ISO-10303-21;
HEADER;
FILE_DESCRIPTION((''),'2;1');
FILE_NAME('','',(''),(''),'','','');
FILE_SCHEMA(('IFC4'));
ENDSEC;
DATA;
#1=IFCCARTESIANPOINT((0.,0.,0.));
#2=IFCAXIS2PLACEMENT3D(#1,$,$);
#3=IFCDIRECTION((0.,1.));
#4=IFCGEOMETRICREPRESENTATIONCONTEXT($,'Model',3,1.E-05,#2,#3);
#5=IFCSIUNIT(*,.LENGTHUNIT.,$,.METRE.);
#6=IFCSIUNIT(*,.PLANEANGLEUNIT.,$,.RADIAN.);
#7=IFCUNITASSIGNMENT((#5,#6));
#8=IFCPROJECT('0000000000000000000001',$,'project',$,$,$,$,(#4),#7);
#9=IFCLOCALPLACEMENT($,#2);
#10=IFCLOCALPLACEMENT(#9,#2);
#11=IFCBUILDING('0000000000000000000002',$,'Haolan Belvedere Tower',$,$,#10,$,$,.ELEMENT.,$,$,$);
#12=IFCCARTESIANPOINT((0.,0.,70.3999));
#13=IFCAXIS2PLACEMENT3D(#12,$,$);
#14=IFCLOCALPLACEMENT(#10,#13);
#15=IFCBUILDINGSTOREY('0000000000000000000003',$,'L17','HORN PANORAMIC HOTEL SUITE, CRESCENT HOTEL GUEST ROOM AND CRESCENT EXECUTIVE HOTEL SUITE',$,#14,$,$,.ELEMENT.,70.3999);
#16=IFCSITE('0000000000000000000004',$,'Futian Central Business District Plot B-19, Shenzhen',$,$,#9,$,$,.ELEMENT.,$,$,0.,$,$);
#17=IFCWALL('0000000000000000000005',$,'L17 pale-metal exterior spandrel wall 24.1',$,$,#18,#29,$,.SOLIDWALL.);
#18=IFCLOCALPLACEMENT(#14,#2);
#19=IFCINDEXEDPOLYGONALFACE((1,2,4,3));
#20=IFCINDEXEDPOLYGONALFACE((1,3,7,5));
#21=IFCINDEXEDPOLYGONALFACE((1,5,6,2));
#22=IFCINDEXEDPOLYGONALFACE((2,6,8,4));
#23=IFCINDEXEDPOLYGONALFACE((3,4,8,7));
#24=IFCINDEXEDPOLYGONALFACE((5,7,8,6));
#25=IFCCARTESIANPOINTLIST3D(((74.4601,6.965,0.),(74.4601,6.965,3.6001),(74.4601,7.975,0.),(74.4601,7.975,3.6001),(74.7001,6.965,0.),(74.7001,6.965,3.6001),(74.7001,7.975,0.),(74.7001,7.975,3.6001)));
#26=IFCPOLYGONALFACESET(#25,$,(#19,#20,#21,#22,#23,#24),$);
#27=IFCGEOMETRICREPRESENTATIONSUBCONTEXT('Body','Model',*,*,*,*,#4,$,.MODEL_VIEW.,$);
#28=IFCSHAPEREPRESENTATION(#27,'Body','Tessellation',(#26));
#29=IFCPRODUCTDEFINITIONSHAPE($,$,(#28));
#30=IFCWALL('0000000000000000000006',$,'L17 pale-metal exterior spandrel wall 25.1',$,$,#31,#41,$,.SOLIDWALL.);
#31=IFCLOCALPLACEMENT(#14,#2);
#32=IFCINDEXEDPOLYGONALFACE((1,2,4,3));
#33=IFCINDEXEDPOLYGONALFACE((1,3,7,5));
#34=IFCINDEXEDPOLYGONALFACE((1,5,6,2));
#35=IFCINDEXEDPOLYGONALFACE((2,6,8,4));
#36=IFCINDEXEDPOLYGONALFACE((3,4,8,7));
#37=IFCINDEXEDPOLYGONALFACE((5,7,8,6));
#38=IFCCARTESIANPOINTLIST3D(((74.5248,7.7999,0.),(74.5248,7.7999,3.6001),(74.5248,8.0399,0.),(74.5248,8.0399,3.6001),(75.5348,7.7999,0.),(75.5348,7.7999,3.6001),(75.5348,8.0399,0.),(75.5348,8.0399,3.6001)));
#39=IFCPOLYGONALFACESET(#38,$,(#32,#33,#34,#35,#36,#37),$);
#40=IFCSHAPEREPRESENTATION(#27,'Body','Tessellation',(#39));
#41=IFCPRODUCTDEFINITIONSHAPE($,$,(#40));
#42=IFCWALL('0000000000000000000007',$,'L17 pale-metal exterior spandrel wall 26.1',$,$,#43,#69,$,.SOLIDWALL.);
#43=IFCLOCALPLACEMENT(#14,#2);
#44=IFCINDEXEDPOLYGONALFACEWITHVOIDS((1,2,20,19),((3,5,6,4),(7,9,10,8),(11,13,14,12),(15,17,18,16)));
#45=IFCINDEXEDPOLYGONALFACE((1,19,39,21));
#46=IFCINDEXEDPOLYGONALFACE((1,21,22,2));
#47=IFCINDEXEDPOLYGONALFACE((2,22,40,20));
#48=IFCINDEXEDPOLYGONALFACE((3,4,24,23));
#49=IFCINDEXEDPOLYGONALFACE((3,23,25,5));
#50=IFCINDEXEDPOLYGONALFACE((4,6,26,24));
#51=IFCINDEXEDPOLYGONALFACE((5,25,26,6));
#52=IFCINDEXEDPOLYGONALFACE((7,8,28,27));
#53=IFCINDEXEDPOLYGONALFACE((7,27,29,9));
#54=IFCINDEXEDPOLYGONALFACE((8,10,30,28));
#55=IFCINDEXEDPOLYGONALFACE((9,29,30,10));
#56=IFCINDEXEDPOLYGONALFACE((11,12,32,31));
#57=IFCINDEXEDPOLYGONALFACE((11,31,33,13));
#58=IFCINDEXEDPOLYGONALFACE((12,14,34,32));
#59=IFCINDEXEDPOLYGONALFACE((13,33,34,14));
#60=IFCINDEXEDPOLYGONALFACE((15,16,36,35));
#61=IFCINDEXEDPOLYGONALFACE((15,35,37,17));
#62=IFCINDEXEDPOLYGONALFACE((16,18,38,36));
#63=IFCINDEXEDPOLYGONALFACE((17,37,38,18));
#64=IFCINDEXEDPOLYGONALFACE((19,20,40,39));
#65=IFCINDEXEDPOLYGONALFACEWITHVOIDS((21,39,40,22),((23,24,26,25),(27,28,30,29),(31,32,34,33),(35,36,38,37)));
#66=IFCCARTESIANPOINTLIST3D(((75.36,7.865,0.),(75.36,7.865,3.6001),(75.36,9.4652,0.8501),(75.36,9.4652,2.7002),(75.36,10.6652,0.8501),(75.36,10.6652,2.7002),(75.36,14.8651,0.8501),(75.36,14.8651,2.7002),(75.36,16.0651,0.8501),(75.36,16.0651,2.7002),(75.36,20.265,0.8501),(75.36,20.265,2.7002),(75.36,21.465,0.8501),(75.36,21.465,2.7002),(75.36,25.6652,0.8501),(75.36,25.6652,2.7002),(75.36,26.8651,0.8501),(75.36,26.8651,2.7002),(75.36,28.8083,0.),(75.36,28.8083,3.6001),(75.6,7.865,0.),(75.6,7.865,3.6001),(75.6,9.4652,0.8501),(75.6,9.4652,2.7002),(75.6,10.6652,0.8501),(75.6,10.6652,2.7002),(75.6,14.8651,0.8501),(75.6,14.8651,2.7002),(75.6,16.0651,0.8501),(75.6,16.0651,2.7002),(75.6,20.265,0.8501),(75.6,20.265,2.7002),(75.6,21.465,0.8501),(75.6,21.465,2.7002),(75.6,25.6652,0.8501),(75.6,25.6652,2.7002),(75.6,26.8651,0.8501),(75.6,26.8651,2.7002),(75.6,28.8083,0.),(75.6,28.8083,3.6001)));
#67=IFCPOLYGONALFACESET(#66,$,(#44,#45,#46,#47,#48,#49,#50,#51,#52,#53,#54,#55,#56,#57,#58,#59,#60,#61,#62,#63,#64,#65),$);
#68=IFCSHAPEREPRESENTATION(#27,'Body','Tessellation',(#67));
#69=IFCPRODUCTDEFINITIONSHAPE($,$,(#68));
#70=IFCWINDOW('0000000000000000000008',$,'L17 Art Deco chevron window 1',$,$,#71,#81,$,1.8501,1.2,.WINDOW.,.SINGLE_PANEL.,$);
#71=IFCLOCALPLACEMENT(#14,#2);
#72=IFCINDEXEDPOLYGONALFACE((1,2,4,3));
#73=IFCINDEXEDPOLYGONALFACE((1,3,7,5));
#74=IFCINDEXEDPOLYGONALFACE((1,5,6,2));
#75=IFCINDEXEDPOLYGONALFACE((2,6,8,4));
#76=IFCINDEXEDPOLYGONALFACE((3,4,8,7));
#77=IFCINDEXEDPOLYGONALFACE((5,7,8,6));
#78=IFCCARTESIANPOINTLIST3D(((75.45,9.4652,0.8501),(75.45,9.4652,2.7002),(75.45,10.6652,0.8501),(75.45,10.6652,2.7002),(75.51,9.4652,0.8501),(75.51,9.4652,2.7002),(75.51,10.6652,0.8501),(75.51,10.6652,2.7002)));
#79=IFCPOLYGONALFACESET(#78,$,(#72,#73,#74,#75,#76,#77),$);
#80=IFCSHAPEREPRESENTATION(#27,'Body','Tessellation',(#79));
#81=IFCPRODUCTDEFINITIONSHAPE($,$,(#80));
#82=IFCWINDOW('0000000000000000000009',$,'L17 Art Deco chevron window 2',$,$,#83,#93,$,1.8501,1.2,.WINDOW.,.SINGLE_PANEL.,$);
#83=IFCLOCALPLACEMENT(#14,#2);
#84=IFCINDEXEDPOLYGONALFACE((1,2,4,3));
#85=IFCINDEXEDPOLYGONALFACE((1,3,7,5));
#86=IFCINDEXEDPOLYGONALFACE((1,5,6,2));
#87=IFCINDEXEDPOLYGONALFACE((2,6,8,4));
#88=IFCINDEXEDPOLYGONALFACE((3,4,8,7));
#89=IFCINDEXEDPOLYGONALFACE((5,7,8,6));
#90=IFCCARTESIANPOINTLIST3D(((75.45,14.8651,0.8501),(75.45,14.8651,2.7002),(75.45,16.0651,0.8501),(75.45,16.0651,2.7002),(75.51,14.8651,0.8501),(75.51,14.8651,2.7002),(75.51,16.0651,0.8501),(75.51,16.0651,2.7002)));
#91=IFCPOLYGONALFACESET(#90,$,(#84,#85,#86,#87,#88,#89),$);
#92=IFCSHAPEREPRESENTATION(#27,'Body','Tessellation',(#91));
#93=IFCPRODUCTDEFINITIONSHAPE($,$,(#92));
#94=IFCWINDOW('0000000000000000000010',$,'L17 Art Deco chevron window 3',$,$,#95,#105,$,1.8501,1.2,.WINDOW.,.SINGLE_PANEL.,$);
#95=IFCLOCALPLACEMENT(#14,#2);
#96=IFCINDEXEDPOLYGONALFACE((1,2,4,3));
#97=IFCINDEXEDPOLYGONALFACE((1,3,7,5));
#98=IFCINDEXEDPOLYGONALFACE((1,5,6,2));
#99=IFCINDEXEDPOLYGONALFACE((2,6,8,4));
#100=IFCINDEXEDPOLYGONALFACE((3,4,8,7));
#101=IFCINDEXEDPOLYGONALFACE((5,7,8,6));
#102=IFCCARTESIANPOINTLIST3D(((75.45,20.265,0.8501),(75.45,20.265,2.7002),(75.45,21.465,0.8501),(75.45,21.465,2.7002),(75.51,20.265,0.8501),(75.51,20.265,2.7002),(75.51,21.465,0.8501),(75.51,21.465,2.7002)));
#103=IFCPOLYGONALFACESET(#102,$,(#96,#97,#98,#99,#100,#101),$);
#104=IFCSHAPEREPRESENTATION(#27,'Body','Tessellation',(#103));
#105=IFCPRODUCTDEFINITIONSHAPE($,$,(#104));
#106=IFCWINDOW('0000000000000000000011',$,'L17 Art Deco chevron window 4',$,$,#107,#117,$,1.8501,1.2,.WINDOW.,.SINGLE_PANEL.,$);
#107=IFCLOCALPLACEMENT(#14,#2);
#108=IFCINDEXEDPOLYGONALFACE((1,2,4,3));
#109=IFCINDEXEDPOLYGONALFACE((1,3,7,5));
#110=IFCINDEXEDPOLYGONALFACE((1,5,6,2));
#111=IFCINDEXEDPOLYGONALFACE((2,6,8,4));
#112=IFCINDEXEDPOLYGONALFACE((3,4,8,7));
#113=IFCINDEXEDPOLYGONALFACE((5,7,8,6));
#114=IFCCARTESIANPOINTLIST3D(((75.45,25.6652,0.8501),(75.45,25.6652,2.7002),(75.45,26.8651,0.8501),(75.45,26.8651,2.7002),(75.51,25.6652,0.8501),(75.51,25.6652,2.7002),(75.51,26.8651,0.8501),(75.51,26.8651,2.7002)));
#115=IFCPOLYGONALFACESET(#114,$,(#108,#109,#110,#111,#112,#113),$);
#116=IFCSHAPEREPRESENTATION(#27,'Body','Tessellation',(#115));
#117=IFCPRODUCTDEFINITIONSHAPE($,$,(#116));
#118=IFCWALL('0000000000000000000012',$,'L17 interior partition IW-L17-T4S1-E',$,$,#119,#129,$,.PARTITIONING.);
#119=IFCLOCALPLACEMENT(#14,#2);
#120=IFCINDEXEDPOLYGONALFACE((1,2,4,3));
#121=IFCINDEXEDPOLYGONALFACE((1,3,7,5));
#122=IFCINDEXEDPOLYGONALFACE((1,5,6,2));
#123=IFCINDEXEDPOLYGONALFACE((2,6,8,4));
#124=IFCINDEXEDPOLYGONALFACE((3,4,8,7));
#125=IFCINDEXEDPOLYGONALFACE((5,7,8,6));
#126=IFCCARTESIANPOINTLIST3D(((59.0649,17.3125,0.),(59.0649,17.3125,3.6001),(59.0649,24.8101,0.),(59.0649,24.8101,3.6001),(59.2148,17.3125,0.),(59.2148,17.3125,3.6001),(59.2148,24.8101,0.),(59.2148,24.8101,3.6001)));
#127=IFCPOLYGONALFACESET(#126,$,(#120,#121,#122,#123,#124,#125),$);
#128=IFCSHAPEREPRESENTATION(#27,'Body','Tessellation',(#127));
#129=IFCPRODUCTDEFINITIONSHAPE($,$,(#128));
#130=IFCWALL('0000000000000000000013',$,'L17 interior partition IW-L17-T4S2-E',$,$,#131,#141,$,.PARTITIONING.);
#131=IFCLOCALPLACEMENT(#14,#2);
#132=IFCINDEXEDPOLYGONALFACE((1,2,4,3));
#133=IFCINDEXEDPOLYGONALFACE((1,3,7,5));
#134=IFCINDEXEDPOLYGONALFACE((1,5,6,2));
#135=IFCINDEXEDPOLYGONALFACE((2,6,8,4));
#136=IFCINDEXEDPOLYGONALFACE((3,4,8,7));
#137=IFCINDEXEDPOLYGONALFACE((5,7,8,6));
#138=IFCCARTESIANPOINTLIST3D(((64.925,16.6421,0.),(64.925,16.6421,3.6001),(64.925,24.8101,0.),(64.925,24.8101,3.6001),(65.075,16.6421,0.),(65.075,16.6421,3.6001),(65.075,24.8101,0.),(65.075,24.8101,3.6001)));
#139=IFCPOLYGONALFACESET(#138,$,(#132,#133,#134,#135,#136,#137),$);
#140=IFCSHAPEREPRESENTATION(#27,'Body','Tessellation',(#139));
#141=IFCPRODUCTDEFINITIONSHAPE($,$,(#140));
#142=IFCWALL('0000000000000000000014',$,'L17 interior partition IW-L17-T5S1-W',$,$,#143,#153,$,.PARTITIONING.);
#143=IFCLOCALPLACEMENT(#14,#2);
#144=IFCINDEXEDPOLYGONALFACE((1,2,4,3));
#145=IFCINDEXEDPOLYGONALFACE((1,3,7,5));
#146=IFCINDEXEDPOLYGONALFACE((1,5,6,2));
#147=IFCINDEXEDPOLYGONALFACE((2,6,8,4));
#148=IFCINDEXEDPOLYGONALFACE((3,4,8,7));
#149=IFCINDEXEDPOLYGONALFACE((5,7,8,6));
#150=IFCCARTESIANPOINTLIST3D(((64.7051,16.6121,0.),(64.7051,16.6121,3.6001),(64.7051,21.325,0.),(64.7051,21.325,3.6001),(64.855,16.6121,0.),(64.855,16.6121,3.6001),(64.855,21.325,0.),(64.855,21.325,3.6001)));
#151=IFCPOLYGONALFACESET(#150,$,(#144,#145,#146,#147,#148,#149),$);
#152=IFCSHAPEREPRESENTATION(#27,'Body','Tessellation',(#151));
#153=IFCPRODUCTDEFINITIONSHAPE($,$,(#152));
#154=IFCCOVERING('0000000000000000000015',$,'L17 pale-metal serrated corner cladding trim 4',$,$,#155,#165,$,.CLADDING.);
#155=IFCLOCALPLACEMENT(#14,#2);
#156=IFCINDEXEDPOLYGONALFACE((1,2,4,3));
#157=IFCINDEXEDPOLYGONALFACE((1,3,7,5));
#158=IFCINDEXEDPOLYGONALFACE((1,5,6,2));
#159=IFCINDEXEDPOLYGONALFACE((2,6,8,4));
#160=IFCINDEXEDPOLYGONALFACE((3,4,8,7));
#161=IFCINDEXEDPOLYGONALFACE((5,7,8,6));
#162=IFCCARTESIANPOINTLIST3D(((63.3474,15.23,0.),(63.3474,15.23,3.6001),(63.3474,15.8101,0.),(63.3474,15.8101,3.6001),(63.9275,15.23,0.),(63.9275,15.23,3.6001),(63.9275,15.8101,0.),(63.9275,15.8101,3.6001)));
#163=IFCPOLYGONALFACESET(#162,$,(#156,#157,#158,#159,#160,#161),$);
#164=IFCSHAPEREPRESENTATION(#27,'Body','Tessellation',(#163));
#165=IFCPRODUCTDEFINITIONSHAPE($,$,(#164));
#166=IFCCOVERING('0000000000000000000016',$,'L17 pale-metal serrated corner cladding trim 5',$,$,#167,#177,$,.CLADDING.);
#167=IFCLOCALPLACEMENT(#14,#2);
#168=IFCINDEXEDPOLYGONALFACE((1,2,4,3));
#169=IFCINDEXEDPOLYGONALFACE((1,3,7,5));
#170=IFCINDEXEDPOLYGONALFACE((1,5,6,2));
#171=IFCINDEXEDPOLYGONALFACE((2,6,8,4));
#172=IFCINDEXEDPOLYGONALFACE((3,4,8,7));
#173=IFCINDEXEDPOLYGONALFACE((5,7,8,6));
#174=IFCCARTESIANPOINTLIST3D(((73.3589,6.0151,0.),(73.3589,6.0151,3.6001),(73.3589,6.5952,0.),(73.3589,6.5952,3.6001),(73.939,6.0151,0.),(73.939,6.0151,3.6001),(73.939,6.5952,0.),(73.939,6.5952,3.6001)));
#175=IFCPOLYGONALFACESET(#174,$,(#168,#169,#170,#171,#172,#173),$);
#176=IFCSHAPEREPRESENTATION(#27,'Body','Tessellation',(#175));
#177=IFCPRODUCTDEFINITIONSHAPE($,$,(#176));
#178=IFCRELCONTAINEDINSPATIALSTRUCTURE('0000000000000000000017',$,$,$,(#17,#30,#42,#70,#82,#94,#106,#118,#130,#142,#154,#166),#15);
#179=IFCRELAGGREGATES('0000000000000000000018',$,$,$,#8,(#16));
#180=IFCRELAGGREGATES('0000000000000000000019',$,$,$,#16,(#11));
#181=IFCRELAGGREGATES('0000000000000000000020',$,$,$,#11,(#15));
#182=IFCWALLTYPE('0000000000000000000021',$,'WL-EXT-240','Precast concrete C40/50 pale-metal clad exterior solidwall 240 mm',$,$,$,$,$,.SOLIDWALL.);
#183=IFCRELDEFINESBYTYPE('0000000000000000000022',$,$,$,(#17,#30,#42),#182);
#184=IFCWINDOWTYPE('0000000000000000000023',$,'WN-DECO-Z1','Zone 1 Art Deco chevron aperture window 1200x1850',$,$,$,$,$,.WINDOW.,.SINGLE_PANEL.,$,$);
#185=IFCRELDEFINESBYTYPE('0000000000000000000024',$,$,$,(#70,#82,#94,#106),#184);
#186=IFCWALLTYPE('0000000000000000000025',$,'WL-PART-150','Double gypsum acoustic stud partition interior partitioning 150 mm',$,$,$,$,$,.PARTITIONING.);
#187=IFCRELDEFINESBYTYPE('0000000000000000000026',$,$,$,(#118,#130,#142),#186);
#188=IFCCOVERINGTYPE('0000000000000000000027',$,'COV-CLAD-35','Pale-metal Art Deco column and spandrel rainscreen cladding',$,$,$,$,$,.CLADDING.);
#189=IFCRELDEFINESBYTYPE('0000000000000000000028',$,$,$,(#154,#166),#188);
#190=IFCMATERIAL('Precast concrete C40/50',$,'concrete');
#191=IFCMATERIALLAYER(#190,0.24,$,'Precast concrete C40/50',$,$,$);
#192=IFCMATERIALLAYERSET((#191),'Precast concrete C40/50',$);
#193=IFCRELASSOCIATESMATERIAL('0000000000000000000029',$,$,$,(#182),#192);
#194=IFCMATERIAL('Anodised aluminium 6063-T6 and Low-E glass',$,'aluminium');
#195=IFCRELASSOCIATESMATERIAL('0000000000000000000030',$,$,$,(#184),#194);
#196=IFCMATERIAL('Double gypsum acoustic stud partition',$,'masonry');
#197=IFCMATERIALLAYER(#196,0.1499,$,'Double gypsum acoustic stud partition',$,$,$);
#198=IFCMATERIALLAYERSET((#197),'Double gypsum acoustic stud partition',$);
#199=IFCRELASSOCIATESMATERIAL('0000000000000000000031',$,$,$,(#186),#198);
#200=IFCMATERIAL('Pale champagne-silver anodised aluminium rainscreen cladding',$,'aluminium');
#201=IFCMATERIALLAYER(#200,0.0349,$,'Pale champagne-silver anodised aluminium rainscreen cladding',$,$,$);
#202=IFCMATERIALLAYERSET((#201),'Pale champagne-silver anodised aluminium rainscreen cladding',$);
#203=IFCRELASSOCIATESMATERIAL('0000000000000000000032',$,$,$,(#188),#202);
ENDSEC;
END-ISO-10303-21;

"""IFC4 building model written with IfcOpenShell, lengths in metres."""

from ifc_helpers import new_model, si_unit, direction, frame, frame_2d, origin, origin_2d, place, context, subcontext, project, spatial, rectangle, extrude, material, layer, layer_set, type_object, element, fill, save


model = new_model("IFC4")

# Units and contexts
model_context = context("Model", 3, precision=1e-05, world=origin(), true_north=direction((0.0, 1.0)))
body_context = subcontext(model_context, "Body", "Model", "MODEL_VIEW")
ifc_project = project(units=[si_unit("LENGTHUNIT", "METRE"), si_unit("PLANEANGLEUNIT", "RADIAN")], contexts=[model_context])

# Site, building, storey
site_placement = place(None, origin())
site = spatial("IfcSite", under=ifc_project, at=site_placement, Name="Futian Central Business District Plot B-19, Shenzhen", CompositionType="ELEMENT", RefElevation=0.0)
building_placement = place(site_placement, origin())
building = spatial("IfcBuilding", under=site, at=building_placement, Name="Haolan Belvedere Tower", CompositionType="ELEMENT")
storey_placement = place(building_placement, frame((0.0, 0.0, 70.3999)))
storey = spatial("IfcBuildingStorey", under=building, at=storey_placement, Name="L17", Description="HORN PANORAMIC HOTEL SUITE, CRESCENT HOTEL GUEST ROOM AND CRESCENT EXECUTIVE HOTEL SUITE", CompositionType="ELEMENT", Elevation=70.3999)

# Shared definitions
ifc_material_1 = material(Name="Precast concrete C40/50", Category="concrete")
ifc_layer_1 = layer(ifc_material_1, 0.24, Name="Precast concrete C40/50")
ifc_layer_set_1 = layer_set([ifc_layer_1], Name="Precast concrete C40/50")
wall_type_1 = type_object("IfcWallType", Name="WL-EXT-240", Description="Precast concrete C40/50 pale-metal clad exterior solidwall 240 mm", PredefinedType="SOLIDWALL", material=ifc_layer_set_1)

# Shared definitions
ifc_material_2 = material(Name="Anodised aluminium 6063-T6 and Low-E glass", Category="aluminium")
window_type = type_object("IfcWindowType", Name="WN-DECO-Z1", Description="Zone 1 Art Deco chevron aperture window 1200x1850", PartitioningType="SINGLE_PANEL", PredefinedType="WINDOW", material=ifc_material_2)

# Walls
for number, where, z_axis, x_axis, name in (
    (1, (74.5801, 6.9651, 0.0), (0.0, 0.0, 1.0), (0.0, 1.0, 0.0), "L17 pale-metal exterior spandrel wall 24.1"),
    (2, (74.5249, 7.9199, 0.0), (0.0, 0.0, 1.0), (1.0, 0.0, 0.0), "L17 pale-metal exterior spandrel wall 25.1"),
):
    element("IfcWall", number, at=place(storey_placement, frame(where, z_axis=z_axis, x_axis=x_axis)), inside=storey, type_object=wall_type_1, Name=name, PredefinedType="SOLIDWALL", context=body_context, shape_type="SweptSolid", body=[
        extrude(rectangle(XDim=1.01, YDim=0.24, at=frame_2d((0.5049, 0.0))), origin(), (0.0, 0.0, 1.0), 3.6001),
    ])

# Wall, openings, windows
wall_1_placement = place(storey_placement, frame((75.48, 7.865, 0.0), z_axis=(0.0, 0.0, 1.0), x_axis=(0.0, 1.0, 0.0)))
wall_1 = element("IfcWall", 3, at=wall_1_placement, inside=storey, type_object=wall_type_1, Name="L17 pale-metal exterior spandrel wall 26.1", PredefinedType="SOLIDWALL", context=body_context, shape_type="SweptSolid", body=[
    extrude(rectangle(XDim=20.9434, YDim=0.24, at=frame_2d((10.4717, 0.0))), origin(), (0.0, 0.0, 1.0), 3.6001),
])
opening_1_placement = place(wall_1_placement, frame((1.6001, 0.0, 0.8501)))
opening_1 = element("IfcOpeningElement", 4, at=opening_1_placement, cuts=wall_1, PredefinedType="OPENING", context=body_context, shape_type="SweptSolid", body=[
    extrude(rectangle(XDim=1.2, YDim=1.8501, at=frame_2d((0.6001, 0.925))), frame((0.0, 0.1299, 0.0), z_axis=(0.0, -1.0, 0.0), x_axis=(1.0, 0.0, 0.0)), (0.0, 0.0, 1.0), 0.26),
])
opening_2_placement = place(wall_1_placement, frame((7.0, 0.0, 0.8501)))
opening_2 = element("IfcOpeningElement", 5, at=opening_2_placement, cuts=wall_1, PredefinedType="OPENING", context=body_context, shape_type="SweptSolid", body=[
    extrude(rectangle(XDim=1.2, YDim=1.8501, at=frame_2d((0.6001, 0.925))), frame((0.0, 0.1299, 0.0), z_axis=(0.0, -1.0, 0.0), x_axis=(1.0, 0.0, 0.0)), (0.0, 0.0, 1.0), 0.26),
])
opening_3_placement = place(wall_1_placement, frame((12.3999, 0.0, 0.8501)))
opening_3 = element("IfcOpeningElement", 6, at=opening_3_placement, cuts=wall_1, PredefinedType="OPENING", context=body_context, shape_type="SweptSolid", body=[
    extrude(rectangle(XDim=1.2, YDim=1.8501, at=frame_2d((0.6001, 0.925))), frame((0.0, 0.1299, 0.0), z_axis=(0.0, -1.0, 0.0), x_axis=(1.0, 0.0, 0.0)), (0.0, 0.0, 1.0), 0.26),
])
opening_4_placement = place(wall_1_placement, frame((17.8, 0.0, 0.8501)))
opening_4 = element("IfcOpeningElement", 7, at=opening_4_placement, cuts=wall_1, PredefinedType="OPENING", context=body_context, shape_type="SweptSolid", body=[
    extrude(rectangle(XDim=1.2, YDim=1.8501, at=frame_2d((0.6001, 0.925))), frame((0.0, 0.1299, 0.0), z_axis=(0.0, -1.0, 0.0), x_axis=(1.0, 0.0, 0.0)), (0.0, 0.0, 1.0), 0.26),
])
window_1_placement = place(opening_1_placement, origin())
window_1 = element("IfcWindow", 8, at=window_1_placement, inside=storey, type_object=window_type, Name="L17 Art Deco chevron window 1", OverallHeight=1.8501, OverallWidth=1.2, PartitioningType="SINGLE_PANEL", PredefinedType="WINDOW", context=body_context, shape_type="SweptSolid", body=[
    extrude(rectangle(XDim=1.2, YDim=1.8501, at=frame_2d((0.6001, 0.925))), frame((0.0, 0.03, 0.0), z_axis=(0.0, -1.0, 0.0), x_axis=(1.0, 0.0, 0.0)), (0.0, 0.0, 1.0), 0.0601),
])
fill(opening_1, window_1)
window_2_placement = place(opening_2_placement, origin())
window_2 = element("IfcWindow", 9, at=window_2_placement, inside=storey, type_object=window_type, Name="L17 Art Deco chevron window 2", OverallHeight=1.8501, OverallWidth=1.2, PartitioningType="SINGLE_PANEL", PredefinedType="WINDOW", context=body_context, shape_type="SweptSolid", body=[
    extrude(rectangle(XDim=1.2, YDim=1.8501, at=frame_2d((0.6001, 0.925))), frame((0.0, 0.03, 0.0), z_axis=(0.0, -1.0, 0.0), x_axis=(1.0, 0.0, 0.0)), (0.0, 0.0, 1.0), 0.0601),
])
fill(opening_2, window_2)
window_3_placement = place(opening_3_placement, origin())
window_3 = element("IfcWindow", 10, at=window_3_placement, inside=storey, type_object=window_type, Name="L17 Art Deco chevron window 3", OverallHeight=1.8501, OverallWidth=1.2, PartitioningType="SINGLE_PANEL", PredefinedType="WINDOW", context=body_context, shape_type="SweptSolid", body=[
    extrude(rectangle(XDim=1.2, YDim=1.8501, at=frame_2d((0.6001, 0.925))), frame((0.0, 0.03, 0.0), z_axis=(0.0, -1.0, 0.0), x_axis=(1.0, 0.0, 0.0)), (0.0, 0.0, 1.0), 0.0601),
])
fill(opening_3, window_3)
window_4_placement = place(opening_4_placement, origin())
window_4 = element("IfcWindow", 11, at=window_4_placement, inside=storey, type_object=window_type, Name="L17 Art Deco chevron window 4", OverallHeight=1.8501, OverallWidth=1.2, PartitioningType="SINGLE_PANEL", PredefinedType="WINDOW", context=body_context, shape_type="SweptSolid", body=[
    extrude(rectangle(XDim=1.2, YDim=1.8501, at=frame_2d((0.6001, 0.925))), frame((0.0, 0.03, 0.0), z_axis=(0.0, -1.0, 0.0), x_axis=(1.0, 0.0, 0.0)), (0.0, 0.0, 1.0), 0.0601),
])
fill(opening_4, window_4)

# Walls
ifc_material_3 = material(Name="Double gypsum acoustic stud partition", Category="masonry")
ifc_layer_2 = layer(ifc_material_3, 0.1499, Name="Double gypsum acoustic stud partition")
ifc_layer_set_2 = layer_set([ifc_layer_2], Name="Double gypsum acoustic stud partition")
wall_type_2 = type_object("IfcWallType", Name="WL-PART-150", Description="Double gypsum acoustic stud partition interior partitioning 150 mm", PredefinedType="PARTITIONING", material=ifc_layer_set_2)
wall_2_placement = place(storey_placement, frame((59.1399, 17.3125, 0.0), z_axis=(0.0, 0.0, 1.0), x_axis=(0.0, 1.0, 0.0)))
element("IfcWall", 12, at=wall_2_placement, inside=storey, type_object=wall_type_2, Name="L17 interior partition IW-L17-T4S1-E", PredefinedType="PARTITIONING", context=body_context, shape_type="SweptSolid", body=[
    extrude(rectangle(XDim=7.4976, YDim=0.1499, at=frame_2d((3.7488, 0.0))), origin(), (0.0, 0.0, 1.0), 3.6001),
])
wall_3_placement = place(storey_placement, frame((65.0, 16.6421, 0.0), z_axis=(0.0, 0.0, 1.0), x_axis=(0.0, 1.0, 0.0)))
element("IfcWall", 13, at=wall_3_placement, inside=storey, type_object=wall_type_2, Name="L17 interior partition IW-L17-T4S2-E", PredefinedType="PARTITIONING", context=body_context, shape_type="SweptSolid", body=[
    extrude(rectangle(XDim=8.168, YDim=0.1499, at=frame_2d((4.084, 0.0))), origin(), (0.0, 0.0, 1.0), 3.6001),
])
wall_4_placement = place(storey_placement, frame((64.78, 16.6121, 0.0), z_axis=(0.0, 0.0, 1.0), x_axis=(0.0, 1.0, 0.0)))
element("IfcWall", 14, at=wall_4_placement, inside=storey, type_object=wall_type_2, Name="L17 interior partition IW-L17-T5S1-W", PredefinedType="PARTITIONING", context=body_context, shape_type="SweptSolid", body=[
    extrude(rectangle(XDim=4.7129, YDim=0.1499, at=frame_2d((2.3564, 0.0))), origin(), (0.0, 0.0, 1.0), 3.6001),
])

# Coverings
ifc_material_4 = material(Name="Pale champagne-silver anodised aluminium rainscreen cladding", Category="aluminium")
ifc_layer_3 = layer(ifc_material_4, 0.0349, Name="Pale champagne-silver anodised aluminium rainscreen cladding")
ifc_layer_set_3 = layer_set([ifc_layer_3], Name="Pale champagne-silver anodised aluminium rainscreen cladding")
covering_type = type_object("IfcCoveringType", Name="COV-CLAD-35", Description="Pale-metal Art Deco column and spandrel rainscreen cladding", PredefinedType="CLADDING", material=ifc_layer_set_3)
for number, where, z_axis, x_axis, name in (
    (15, (63.6375, 15.52, 0.0), (0.0, 0.0, 1.0), (1.0, 0.0, 0.0), "L17 pale-metal serrated corner cladding trim 4"),
    (16, (73.6489, 6.3052, 0.0), (0.0, 0.0, 1.0), (1.0, 0.0, 0.0), "L17 pale-metal serrated corner cladding trim 5"),
):
    element("IfcCovering", number, at=place(storey_placement, frame(where, z_axis=z_axis, x_axis=x_axis)), inside=storey, type_object=covering_type, Name=name, PredefinedType="CLADDING", context=body_context, shape_type="SweptSolid", body=[
        extrude(rectangle(XDim=0.5801, YDim=0.5801, at=origin_2d()), origin(), (0.0, 0.0, 1.0), 3.6001),
    ])

save(model, "model.ifc")
